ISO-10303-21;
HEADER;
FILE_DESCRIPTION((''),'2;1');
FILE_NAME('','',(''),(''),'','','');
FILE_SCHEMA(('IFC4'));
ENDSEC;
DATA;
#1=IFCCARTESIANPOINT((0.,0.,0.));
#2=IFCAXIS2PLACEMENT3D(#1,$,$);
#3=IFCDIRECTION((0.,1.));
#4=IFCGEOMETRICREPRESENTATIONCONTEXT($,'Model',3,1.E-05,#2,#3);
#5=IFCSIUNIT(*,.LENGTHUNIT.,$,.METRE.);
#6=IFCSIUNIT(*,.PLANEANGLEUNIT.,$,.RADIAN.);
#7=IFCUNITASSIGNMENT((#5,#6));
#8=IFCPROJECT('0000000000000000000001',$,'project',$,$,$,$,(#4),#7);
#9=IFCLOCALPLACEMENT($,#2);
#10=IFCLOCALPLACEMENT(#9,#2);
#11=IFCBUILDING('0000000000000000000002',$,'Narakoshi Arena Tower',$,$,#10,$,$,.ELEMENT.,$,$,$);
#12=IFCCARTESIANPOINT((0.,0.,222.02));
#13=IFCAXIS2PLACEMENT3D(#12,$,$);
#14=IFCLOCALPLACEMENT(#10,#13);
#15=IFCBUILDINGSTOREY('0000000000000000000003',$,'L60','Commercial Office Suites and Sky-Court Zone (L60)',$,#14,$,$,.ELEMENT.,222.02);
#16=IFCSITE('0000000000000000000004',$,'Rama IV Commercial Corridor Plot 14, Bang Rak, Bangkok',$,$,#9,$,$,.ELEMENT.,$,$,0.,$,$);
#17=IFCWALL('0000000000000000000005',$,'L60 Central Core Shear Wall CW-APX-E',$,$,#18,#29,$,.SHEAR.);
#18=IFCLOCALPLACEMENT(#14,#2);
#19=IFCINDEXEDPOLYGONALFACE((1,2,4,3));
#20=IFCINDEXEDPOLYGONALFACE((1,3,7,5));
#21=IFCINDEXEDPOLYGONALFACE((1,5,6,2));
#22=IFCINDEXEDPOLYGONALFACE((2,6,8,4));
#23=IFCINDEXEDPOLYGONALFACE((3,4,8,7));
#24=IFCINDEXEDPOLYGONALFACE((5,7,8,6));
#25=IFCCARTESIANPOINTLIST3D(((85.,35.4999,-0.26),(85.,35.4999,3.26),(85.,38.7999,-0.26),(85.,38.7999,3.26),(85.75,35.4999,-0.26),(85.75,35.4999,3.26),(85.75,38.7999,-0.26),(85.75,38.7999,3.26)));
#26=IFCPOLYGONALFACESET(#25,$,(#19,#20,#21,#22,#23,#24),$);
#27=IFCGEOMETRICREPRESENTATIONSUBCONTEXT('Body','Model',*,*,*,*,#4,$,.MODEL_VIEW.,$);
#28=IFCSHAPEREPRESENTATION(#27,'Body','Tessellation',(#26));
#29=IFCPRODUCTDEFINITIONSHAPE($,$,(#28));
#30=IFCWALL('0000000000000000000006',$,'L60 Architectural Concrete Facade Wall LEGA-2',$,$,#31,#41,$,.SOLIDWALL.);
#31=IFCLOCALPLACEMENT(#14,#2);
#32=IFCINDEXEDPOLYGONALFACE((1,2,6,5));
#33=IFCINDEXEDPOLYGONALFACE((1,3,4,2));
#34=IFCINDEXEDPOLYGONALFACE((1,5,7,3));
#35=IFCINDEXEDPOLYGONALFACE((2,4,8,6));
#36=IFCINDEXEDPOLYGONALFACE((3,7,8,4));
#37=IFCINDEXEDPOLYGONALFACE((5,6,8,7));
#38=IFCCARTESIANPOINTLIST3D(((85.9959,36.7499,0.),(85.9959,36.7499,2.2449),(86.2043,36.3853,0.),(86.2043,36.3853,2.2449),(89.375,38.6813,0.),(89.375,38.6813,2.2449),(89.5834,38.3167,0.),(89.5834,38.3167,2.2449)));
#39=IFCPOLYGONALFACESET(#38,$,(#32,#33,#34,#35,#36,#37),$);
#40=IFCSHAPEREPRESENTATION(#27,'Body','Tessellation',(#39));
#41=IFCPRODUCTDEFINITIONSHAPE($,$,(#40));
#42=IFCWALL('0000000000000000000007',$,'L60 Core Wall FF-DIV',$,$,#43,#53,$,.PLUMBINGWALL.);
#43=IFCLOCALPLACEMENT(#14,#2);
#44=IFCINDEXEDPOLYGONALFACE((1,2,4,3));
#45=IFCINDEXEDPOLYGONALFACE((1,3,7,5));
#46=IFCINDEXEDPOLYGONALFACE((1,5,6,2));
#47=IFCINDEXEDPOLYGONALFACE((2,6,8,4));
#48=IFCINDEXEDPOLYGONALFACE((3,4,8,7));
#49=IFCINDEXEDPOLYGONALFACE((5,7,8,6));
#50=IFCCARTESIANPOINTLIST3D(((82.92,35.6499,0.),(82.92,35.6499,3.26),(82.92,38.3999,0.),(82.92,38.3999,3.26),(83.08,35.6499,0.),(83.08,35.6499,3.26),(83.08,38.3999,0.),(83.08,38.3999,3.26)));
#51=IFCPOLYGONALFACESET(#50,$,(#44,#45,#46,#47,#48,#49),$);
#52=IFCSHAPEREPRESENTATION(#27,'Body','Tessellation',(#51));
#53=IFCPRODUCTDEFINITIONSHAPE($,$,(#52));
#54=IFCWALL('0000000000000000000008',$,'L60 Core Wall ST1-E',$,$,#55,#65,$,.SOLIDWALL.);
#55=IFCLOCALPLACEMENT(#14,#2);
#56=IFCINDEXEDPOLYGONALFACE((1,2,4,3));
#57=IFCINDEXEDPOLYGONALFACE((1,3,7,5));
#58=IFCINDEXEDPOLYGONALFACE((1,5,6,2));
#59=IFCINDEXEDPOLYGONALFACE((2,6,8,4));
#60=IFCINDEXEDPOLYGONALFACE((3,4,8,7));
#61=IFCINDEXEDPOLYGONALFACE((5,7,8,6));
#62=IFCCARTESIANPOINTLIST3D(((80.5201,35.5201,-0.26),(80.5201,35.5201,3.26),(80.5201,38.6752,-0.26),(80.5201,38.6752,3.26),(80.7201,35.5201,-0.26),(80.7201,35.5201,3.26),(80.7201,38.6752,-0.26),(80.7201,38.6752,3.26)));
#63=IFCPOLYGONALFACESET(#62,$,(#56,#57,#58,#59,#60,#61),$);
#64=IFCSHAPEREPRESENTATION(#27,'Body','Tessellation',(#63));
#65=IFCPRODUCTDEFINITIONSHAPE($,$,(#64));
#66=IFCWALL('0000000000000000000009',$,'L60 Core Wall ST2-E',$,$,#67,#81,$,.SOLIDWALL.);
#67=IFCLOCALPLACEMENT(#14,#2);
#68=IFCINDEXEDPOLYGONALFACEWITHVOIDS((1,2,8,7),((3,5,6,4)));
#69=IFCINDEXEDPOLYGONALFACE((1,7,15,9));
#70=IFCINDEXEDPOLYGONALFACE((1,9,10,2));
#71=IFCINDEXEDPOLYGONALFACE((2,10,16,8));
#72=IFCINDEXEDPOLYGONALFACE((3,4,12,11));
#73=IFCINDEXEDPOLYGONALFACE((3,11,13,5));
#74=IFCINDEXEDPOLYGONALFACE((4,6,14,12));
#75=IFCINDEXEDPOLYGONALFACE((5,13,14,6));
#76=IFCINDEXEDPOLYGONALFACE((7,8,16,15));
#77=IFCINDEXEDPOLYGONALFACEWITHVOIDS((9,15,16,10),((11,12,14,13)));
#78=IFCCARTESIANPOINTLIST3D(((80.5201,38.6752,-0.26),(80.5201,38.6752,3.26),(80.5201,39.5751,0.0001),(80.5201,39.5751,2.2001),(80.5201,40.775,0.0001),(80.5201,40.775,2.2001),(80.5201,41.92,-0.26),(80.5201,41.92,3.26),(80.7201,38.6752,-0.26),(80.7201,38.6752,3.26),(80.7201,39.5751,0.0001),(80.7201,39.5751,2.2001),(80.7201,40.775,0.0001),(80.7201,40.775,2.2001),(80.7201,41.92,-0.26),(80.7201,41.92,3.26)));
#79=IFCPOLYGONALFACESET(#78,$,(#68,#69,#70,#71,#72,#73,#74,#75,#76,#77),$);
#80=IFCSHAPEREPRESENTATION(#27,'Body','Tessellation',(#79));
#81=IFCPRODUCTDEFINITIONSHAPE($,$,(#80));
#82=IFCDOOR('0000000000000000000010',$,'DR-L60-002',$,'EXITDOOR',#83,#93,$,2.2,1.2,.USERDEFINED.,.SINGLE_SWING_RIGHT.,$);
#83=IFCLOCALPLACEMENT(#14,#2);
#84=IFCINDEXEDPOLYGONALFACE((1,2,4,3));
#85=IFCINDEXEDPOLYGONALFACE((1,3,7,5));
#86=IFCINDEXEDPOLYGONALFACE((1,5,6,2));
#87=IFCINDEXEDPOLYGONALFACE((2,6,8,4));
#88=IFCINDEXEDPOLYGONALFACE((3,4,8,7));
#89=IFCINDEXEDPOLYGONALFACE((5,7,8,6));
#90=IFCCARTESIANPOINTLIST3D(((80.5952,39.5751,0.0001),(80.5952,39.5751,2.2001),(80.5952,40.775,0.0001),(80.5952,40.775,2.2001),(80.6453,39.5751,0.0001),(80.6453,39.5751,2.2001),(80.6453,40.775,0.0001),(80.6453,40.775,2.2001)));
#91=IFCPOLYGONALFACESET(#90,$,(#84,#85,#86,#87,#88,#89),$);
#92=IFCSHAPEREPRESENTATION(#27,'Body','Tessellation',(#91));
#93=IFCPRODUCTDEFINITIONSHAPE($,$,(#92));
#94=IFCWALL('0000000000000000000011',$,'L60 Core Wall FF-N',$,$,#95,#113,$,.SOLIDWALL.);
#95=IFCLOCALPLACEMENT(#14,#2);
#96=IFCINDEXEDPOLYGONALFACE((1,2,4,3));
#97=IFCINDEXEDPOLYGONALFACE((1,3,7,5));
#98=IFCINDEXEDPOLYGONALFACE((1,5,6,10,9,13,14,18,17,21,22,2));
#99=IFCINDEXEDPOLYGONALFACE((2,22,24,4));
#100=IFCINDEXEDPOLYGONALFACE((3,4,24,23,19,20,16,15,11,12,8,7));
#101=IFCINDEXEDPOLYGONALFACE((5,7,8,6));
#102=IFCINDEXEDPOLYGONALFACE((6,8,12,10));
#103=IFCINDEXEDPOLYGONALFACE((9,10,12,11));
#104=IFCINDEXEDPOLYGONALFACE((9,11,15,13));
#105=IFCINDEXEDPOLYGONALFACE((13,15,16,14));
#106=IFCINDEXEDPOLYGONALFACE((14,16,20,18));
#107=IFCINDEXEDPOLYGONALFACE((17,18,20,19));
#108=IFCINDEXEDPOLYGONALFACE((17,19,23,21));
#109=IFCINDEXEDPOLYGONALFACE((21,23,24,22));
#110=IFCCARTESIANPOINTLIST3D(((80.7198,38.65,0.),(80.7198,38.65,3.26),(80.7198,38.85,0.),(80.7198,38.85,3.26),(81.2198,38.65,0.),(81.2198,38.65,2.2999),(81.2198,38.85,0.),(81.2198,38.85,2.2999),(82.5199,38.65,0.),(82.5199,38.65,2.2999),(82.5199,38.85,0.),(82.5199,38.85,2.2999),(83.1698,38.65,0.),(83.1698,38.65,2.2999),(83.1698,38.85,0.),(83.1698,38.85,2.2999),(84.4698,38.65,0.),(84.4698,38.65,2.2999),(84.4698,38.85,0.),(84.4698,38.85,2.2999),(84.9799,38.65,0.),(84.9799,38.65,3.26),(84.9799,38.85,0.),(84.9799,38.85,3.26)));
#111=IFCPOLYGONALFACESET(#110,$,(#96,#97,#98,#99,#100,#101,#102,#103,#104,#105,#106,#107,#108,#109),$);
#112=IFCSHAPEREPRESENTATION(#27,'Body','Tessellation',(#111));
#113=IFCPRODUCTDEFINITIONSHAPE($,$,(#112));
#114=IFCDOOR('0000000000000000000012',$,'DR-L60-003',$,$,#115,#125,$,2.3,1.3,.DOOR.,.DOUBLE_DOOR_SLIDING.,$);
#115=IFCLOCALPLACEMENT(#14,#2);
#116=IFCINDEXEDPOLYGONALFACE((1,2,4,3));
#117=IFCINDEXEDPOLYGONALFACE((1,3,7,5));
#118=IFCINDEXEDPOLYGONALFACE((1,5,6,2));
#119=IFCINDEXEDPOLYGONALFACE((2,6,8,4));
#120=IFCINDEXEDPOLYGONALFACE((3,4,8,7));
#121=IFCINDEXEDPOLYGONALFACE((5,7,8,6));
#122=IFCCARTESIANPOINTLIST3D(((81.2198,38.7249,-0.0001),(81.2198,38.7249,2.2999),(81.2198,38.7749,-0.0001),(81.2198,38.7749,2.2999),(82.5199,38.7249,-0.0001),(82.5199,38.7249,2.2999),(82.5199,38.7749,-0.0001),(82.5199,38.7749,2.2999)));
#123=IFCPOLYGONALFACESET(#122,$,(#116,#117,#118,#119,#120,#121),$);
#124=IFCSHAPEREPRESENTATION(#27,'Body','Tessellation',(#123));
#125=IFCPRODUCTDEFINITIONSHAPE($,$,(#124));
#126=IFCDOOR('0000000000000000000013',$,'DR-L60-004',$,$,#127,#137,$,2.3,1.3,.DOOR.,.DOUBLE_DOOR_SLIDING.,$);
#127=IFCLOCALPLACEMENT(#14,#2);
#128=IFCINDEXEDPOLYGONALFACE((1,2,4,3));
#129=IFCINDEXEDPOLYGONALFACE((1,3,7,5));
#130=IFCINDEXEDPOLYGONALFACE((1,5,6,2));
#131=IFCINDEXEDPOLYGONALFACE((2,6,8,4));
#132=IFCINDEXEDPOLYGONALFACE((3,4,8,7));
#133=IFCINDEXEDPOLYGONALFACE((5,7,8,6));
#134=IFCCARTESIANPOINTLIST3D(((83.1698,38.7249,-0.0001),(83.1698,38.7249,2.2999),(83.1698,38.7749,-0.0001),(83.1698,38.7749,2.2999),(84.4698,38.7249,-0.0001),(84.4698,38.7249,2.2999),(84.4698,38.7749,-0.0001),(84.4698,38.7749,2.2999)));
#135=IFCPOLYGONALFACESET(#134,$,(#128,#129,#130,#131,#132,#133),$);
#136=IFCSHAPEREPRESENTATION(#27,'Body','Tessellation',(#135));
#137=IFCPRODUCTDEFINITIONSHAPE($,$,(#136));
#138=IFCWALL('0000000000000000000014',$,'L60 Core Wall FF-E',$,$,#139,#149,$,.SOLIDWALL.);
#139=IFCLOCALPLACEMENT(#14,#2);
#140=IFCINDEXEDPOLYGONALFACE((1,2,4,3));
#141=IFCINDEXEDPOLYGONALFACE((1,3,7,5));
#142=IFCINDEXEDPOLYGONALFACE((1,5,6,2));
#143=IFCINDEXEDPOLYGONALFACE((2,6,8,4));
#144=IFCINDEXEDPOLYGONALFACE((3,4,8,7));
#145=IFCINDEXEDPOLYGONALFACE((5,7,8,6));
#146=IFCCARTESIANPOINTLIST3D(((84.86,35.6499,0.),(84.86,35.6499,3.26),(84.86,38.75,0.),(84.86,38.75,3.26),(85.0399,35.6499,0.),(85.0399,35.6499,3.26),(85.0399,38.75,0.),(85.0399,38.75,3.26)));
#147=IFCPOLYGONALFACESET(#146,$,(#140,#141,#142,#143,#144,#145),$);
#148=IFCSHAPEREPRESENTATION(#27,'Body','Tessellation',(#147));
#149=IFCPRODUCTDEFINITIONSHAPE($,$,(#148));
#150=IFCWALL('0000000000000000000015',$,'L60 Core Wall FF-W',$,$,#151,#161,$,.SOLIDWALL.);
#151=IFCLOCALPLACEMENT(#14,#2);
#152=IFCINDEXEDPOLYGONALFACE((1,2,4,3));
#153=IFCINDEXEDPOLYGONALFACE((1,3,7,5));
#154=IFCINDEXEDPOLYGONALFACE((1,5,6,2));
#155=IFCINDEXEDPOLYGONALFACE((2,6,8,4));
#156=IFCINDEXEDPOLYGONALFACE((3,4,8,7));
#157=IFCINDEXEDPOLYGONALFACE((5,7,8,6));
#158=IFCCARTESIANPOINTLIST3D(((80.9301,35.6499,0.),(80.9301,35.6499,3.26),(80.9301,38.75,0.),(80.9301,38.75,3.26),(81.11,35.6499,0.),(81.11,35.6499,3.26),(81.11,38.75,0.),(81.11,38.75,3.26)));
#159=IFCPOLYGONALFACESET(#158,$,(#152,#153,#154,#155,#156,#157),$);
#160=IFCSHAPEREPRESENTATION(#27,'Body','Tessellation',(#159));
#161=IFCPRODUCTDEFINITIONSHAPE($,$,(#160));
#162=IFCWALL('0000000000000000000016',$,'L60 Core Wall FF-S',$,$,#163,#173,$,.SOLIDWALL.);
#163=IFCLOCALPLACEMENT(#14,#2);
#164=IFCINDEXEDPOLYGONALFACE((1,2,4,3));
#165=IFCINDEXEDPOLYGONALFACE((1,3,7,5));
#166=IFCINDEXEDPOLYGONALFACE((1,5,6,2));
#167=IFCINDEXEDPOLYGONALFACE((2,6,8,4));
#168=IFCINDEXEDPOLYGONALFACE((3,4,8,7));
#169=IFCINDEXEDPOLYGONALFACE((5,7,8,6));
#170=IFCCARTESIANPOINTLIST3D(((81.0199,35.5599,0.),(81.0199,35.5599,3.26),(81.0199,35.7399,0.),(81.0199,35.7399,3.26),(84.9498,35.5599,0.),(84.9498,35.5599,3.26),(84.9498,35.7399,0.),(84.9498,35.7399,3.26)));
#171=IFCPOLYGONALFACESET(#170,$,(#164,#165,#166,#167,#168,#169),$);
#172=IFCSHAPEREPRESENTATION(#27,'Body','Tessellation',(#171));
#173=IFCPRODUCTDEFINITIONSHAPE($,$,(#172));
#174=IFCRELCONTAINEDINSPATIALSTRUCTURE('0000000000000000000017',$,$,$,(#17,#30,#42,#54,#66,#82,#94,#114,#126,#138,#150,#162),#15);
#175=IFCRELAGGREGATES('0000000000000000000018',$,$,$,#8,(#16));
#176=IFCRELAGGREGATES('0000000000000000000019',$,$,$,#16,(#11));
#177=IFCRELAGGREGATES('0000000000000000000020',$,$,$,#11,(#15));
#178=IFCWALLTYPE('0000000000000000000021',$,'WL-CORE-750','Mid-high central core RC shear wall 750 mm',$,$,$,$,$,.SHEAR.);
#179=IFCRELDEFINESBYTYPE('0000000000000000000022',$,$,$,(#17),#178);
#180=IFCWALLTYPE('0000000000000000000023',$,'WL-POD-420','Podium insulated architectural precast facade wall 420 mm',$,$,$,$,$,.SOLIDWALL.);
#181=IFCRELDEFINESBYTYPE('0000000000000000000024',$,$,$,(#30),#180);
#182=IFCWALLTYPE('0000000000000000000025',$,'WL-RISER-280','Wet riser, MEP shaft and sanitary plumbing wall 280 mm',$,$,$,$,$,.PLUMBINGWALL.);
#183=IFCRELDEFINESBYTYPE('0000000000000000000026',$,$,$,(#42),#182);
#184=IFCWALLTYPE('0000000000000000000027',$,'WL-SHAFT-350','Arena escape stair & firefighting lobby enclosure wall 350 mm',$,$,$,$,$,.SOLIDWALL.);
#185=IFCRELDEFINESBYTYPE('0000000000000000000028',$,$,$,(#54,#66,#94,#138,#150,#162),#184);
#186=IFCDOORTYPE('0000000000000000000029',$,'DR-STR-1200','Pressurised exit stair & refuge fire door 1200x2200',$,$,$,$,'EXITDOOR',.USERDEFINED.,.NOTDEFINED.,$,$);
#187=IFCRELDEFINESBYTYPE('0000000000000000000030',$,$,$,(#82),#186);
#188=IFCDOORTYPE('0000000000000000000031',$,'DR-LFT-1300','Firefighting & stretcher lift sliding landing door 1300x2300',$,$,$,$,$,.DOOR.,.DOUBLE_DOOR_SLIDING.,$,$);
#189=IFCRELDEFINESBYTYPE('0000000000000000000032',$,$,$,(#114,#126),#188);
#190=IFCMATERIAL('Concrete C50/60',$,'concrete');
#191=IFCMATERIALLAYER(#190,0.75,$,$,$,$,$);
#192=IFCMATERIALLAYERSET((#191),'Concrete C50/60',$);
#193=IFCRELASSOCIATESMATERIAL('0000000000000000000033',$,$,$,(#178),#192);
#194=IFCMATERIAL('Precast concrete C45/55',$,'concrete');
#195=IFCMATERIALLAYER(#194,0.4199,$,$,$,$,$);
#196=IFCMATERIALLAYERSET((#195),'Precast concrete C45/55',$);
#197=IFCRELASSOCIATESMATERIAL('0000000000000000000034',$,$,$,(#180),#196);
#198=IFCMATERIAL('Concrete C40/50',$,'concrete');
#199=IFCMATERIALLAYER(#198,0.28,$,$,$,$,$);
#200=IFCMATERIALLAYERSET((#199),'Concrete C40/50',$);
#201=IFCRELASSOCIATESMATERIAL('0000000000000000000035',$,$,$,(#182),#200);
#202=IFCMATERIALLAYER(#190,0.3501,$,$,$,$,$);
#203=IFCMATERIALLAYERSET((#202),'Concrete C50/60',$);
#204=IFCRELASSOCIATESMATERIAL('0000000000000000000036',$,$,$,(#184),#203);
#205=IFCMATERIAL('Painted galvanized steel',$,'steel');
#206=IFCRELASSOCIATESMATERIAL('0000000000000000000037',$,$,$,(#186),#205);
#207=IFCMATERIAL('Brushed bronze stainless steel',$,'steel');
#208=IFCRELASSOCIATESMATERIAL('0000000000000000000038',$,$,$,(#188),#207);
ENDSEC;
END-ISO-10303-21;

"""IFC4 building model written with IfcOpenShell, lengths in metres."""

from ifc_helpers import new_model, si_unit, direction, frame, frame_2d, origin, place, context, subcontext, project, spatial, rectangle, extrude, material, layer, layer_set, type_object, element, fill, save


model = new_model("IFC4")

# Units and contexts
model_context = context("Model", 3, precision=1e-05, world=origin(), true_north=direction((0.0, 1.0)))
body_context = subcontext(model_context, "Body", "Model", "MODEL_VIEW")
ifc_project = project(units=[si_unit("LENGTHUNIT", "METRE"), si_unit("PLANEANGLEUNIT", "RADIAN")], contexts=[model_context])

# Site, building, storey
site_placement = place(None, origin())
site = spatial("IfcSite", under=ifc_project, at=site_placement, Name="Rama IV Commercial Corridor Plot 14, Bang Rak, Bangkok", CompositionType="ELEMENT", RefElevation=0.0)
building_placement = place(site_placement, origin())
building = spatial("IfcBuilding", under=site, at=building_placement, Name="Narakoshi Arena Tower", CompositionType="ELEMENT")
storey_placement = place(building_placement, frame((0.0, 0.0, 222.02)))
storey = spatial("IfcBuildingStorey", under=building, at=storey_placement, Name="L60", Description="Commercial Office Suites and Sky-Court Zone (L60)", CompositionType="ELEMENT", Elevation=222.02)

# Walls
ifc_material_1 = material(Name="Concrete C50/60", Category="concrete")
ifc_layer_1 = layer(ifc_material_1, 0.75)
ifc_layer_set_1 = layer_set([ifc_layer_1], Name="Concrete C50/60")
wall_type_1 = type_object("IfcWallType", Name="WL-CORE-750", Description="Mid-high central core RC shear wall 750 mm", PredefinedType="SHEAR", material=ifc_layer_set_1)
wall_1_placement = place(storey_placement, frame((85.375, 35.5, -0.26), z_axis=(0.0, 0.0, 1.0), x_axis=(0.0, 1.0, 0.0)))
element("IfcWall", 1, at=wall_1_placement, inside=storey, type_object=wall_type_1, Name="L60 Central Core Shear Wall CW-APX-E", PredefinedType="SHEAR", context=body_context, shape_type="SweptSolid", body=[
    extrude(rectangle(XDim=3.3, YDim=0.75, at=frame_2d((1.6499, 0.0))), origin(), (0.0, 0.0, 1.0), 3.52),
])
ifc_material_2 = material(Name="Precast concrete C45/55", Category="concrete")
ifc_layer_2 = layer(ifc_material_2, 0.4199)
ifc_layer_set_2 = layer_set([ifc_layer_2], Name="Precast concrete C45/55")
wall_type_2 = type_object("IfcWallType", Name="WL-POD-420", Description="Podium insulated architectural precast facade wall 420 mm", PredefinedType="SOLIDWALL", material=ifc_layer_set_2)
wall_2_placement = place(storey_placement, frame((86.1001, 36.5676, 0.0), z_axis=(0.0, 0.0, 1.0), x_axis=(0.868193, 0.496227, 0.0)))
element("IfcWall", 2, at=wall_2_placement, inside=storey, type_object=wall_type_2, Name="L60 Architectural Concrete Facade Wall LEGA-2", PredefinedType="SOLIDWALL", context=body_context, shape_type="SweptSolid", body=[
    extrude(rectangle(XDim=3.8921, YDim=0.4199, at=frame_2d((1.946, 0.0))), origin(), (0.0, 0.0, 1.0), 2.2449),
])
ifc_material_3 = material(Name="Concrete C40/50", Category="concrete")
ifc_layer_3 = layer(ifc_material_3, 0.28)
ifc_layer_set_3 = layer_set([ifc_layer_3], Name="Concrete C40/50")
wall_type_3 = type_object("IfcWallType", Name="WL-RISER-280", Description="Wet riser, MEP shaft and sanitary plumbing wall 280 mm", PredefinedType="PLUMBINGWALL", material=ifc_layer_set_3)
wall_3_placement = place(storey_placement, frame((83.0, 35.6499, 0.0), z_axis=(0.0, 0.0, 1.0), x_axis=(0.0, 1.0, 0.0)))
element("IfcWall", 3, at=wall_3_placement, inside=storey, type_object=wall_type_3, Name="L60 Core Wall FF-DIV", PredefinedType="PLUMBINGWALL", context=body_context, shape_type="SweptSolid", body=[
    extrude(rectangle(XDim=2.75, YDim=0.1599, at=frame_2d((1.375, 0.0))), origin(), (0.0, 0.0, 1.0), 3.26),
])
ifc_layer_4 = layer(ifc_material_1, 0.3501)
ifc_layer_set_4 = layer_set([ifc_layer_4], Name="Concrete C50/60")
wall_type_4 = type_object("IfcWallType", Name="WL-SHAFT-350", Description="Arena escape stair & firefighting lobby enclosure wall 350 mm", PredefinedType="SOLIDWALL", material=ifc_layer_set_4)
wall_4_placement = place(storey_placement, frame((80.6201, 35.52, -0.26), z_axis=(0.0, 0.0, 1.0), x_axis=(0.0, 1.0, 0.0)))
element("IfcWall", 4, at=wall_4_placement, inside=storey, type_object=wall_type_4, Name="L60 Core Wall ST1-E", PredefinedType="SOLIDWALL", context=body_context, shape_type="SweptSolid", body=[
    extrude(rectangle(XDim=3.155, YDim=0.2, at=frame_2d((1.5776, 0.0))), origin(), (0.0, 0.0, 1.0), 3.52),
])

# Wall, opening, door
wall_5_placement = place(storey_placement, frame((80.6201, 38.675, -0.26), z_axis=(0.0, 0.0, 1.0), x_axis=(0.0, 1.0, 0.0)))
wall_5 = element("IfcWall", 5, at=wall_5_placement, inside=storey, type_object=wall_type_4, Name="L60 Core Wall ST2-E", PredefinedType="SOLIDWALL", context=body_context, shape_type="SweptSolid", body=[
    extrude(rectangle(XDim=3.2449, YDim=0.2, at=frame_2d((1.6226, 0.0))), origin(), (0.0, 0.0, 1.0), 3.52),
])
opening_1_placement = place(wall_5_placement, frame((0.8999, 0.0, 0.26)))
opening_1 = element("IfcOpeningElement", 6, at=opening_1_placement, cuts=wall_5, PredefinedType="OPENING", context=body_context, shape_type="SweptSolid", body=[
    extrude(rectangle(XDim=1.2, YDim=2.2, at=frame_2d((0.6001, 1.1001))), frame((0.0, 0.1099, 0.0), z_axis=(0.0, -1.0, 0.0), x_axis=(1.0, 0.0, 0.0)), (0.0, 0.0, 1.0), 0.22),
])
ifc_material_4 = material(Name="Painted galvanized steel", Category="steel")
door_type_1 = type_object("IfcDoorType", Name="DR-STR-1200", Description="Pressurised exit stair & refuge fire door 1200x2200", ElementType="EXITDOOR", OperationType="NOTDEFINED", PredefinedType="USERDEFINED", material=ifc_material_4)
door_1_placement = place(opening_1_placement, origin())
door_1 = element("IfcDoor", 7, at=door_1_placement, inside=storey, type_object=door_type_1, Name="DR-L60-002", ObjectType="EXITDOOR", OperationType="SINGLE_SWING_RIGHT", OverallHeight=2.2, OverallWidth=1.2, PredefinedType="USERDEFINED", context=body_context, shape_type="SweptSolid", body=[
    extrude(rectangle(XDim=1.2, YDim=2.2, at=frame_2d((0.6001, 1.1001))), frame((0.0, 0.0249, 0.0), z_axis=(0.0, -1.0, 0.0), x_axis=(1.0, 0.0, 0.0)), (0.0, 0.0, 1.0), 0.05),
])
fill(opening_1, door_1)

# Wall, openings, doors
wall_6_placement = place(storey_placement, frame((80.72, 38.75, 0.0), z_axis=(0.0, 0.0, 1.0), x_axis=(1.0, 0.0, 0.0)))
wall_6 = element("IfcWall", 8, at=wall_6_placement, inside=storey, type_object=wall_type_4, Name="L60 Core Wall FF-N", PredefinedType="SOLIDWALL", context=body_context, shape_type="SweptSolid", body=[
    extrude(rectangle(XDim=4.26, YDim=0.2, at=frame_2d((2.1299, 0.0))), origin(), (0.0, 0.0, 1.0), 3.26),
])
opening_2_placement = place(wall_6_placement, frame((0.5, 0.0, 0.0)))
opening_2 = element("IfcOpeningElement", 9, at=opening_2_placement, cuts=wall_6, PredefinedType="OPENING", context=body_context, shape_type="SweptSolid", body=[
    extrude(rectangle(XDim=1.3, YDim=2.3, at=frame_2d((0.6499, 1.1499))), frame((0.0, 0.1099, 0.0), z_axis=(0.0, -1.0, 0.0), x_axis=(1.0, 0.0, 0.0)), (0.0, 0.0, 1.0), 0.22),
])
opening_3_placement = place(wall_6_placement, frame((2.45, 0.0, 0.0)))
opening_3 = element("IfcOpeningElement", 10, at=opening_3_placement, cuts=wall_6, PredefinedType="OPENING", context=body_context, shape_type="SweptSolid", body=[
    extrude(rectangle(XDim=1.3, YDim=2.3, at=frame_2d((0.6499, 1.1499))), frame((0.0, 0.1099, 0.0), z_axis=(0.0, -1.0, 0.0), x_axis=(1.0, 0.0, 0.0)), (0.0, 0.0, 1.0), 0.22),
])
ifc_material_5 = material(Name="Brushed bronze stainless steel", Category="steel")
door_type_2 = type_object("IfcDoorType", Name="DR-LFT-1300", Description="Firefighting & stretcher lift sliding landing door 1300x2300", OperationType="DOUBLE_DOOR_SLIDING", PredefinedType="DOOR", material=ifc_material_5)
door_2_placement = place(opening_2_placement, origin())
door_2 = element("IfcDoor", 11, at=door_2_placement, inside=storey, type_object=door_type_2, Name="DR-L60-003", OperationType="DOUBLE_DOOR_SLIDING", OverallHeight=2.3, OverallWidth=1.3, PredefinedType="DOOR", context=body_context, shape_type="SweptSolid", body=[
    extrude(rectangle(XDim=1.3, YDim=2.3, at=frame_2d((0.6499, 1.1499))), frame((0.0, 0.0249, 0.0), z_axis=(0.0, -1.0, 0.0), x_axis=(1.0, 0.0, 0.0)), (0.0, 0.0, 1.0), 0.05),
])
fill(opening_2, door_2)
door_3_placement = place(opening_3_placement, origin())
door_3 = element("IfcDoor", 12, at=door_3_placement, inside=storey, type_object=door_type_2, Name="DR-L60-004", OperationType="DOUBLE_DOOR_SLIDING", OverallHeight=2.3, OverallWidth=1.3, PredefinedType="DOOR", context=body_context, shape_type="SweptSolid", body=[
    extrude(rectangle(XDim=1.3, YDim=2.3, at=frame_2d((0.6499, 1.1499))), frame((0.0, 0.0249, 0.0), z_axis=(0.0, -1.0, 0.0), x_axis=(1.0, 0.0, 0.0)), (0.0, 0.0, 1.0), 0.05),
])
fill(opening_3, door_3)

# Walls
for number, where, z_axis, x_axis, name in (
    (13, (84.95, 35.6499, 0.0), (0.0, 0.0, 1.0), (0.0, 1.0, 0.0), "L60 Core Wall FF-E"),
    (14, (81.02, 35.6499, 0.0), (0.0, 0.0, 1.0), (0.0, 1.0, 0.0), "L60 Core Wall FF-W"),
):
    element("IfcWall", number, at=place(storey_placement, frame(where, z_axis=z_axis, x_axis=x_axis)), inside=storey, type_object=wall_type_4, Name=name, PredefinedType="SOLIDWALL", context=body_context, shape_type="SweptSolid", body=[
        extrude(rectangle(XDim=3.1001, YDim=0.1799, at=frame_2d((1.55, 0.0))), origin(), (0.0, 0.0, 1.0), 3.26),
    ])
wall_7_placement = place(storey_placement, frame((81.02, 35.6499, 0.0), z_axis=(0.0, 0.0, 1.0), x_axis=(1.0, 0.0, 0.0)))
element("IfcWall", 15, at=wall_7_placement, inside=storey, type_object=wall_type_4, Name="L60 Core Wall FF-S", PredefinedType="SOLIDWALL", context=body_context, shape_type="SweptSolid", body=[
    extrude(rectangle(XDim=3.9299, YDim=0.1799, at=frame_2d((1.9648, 0.0))), origin(), (0.0, 0.0, 1.0), 3.26),
])

save(model, "model.ifc")
